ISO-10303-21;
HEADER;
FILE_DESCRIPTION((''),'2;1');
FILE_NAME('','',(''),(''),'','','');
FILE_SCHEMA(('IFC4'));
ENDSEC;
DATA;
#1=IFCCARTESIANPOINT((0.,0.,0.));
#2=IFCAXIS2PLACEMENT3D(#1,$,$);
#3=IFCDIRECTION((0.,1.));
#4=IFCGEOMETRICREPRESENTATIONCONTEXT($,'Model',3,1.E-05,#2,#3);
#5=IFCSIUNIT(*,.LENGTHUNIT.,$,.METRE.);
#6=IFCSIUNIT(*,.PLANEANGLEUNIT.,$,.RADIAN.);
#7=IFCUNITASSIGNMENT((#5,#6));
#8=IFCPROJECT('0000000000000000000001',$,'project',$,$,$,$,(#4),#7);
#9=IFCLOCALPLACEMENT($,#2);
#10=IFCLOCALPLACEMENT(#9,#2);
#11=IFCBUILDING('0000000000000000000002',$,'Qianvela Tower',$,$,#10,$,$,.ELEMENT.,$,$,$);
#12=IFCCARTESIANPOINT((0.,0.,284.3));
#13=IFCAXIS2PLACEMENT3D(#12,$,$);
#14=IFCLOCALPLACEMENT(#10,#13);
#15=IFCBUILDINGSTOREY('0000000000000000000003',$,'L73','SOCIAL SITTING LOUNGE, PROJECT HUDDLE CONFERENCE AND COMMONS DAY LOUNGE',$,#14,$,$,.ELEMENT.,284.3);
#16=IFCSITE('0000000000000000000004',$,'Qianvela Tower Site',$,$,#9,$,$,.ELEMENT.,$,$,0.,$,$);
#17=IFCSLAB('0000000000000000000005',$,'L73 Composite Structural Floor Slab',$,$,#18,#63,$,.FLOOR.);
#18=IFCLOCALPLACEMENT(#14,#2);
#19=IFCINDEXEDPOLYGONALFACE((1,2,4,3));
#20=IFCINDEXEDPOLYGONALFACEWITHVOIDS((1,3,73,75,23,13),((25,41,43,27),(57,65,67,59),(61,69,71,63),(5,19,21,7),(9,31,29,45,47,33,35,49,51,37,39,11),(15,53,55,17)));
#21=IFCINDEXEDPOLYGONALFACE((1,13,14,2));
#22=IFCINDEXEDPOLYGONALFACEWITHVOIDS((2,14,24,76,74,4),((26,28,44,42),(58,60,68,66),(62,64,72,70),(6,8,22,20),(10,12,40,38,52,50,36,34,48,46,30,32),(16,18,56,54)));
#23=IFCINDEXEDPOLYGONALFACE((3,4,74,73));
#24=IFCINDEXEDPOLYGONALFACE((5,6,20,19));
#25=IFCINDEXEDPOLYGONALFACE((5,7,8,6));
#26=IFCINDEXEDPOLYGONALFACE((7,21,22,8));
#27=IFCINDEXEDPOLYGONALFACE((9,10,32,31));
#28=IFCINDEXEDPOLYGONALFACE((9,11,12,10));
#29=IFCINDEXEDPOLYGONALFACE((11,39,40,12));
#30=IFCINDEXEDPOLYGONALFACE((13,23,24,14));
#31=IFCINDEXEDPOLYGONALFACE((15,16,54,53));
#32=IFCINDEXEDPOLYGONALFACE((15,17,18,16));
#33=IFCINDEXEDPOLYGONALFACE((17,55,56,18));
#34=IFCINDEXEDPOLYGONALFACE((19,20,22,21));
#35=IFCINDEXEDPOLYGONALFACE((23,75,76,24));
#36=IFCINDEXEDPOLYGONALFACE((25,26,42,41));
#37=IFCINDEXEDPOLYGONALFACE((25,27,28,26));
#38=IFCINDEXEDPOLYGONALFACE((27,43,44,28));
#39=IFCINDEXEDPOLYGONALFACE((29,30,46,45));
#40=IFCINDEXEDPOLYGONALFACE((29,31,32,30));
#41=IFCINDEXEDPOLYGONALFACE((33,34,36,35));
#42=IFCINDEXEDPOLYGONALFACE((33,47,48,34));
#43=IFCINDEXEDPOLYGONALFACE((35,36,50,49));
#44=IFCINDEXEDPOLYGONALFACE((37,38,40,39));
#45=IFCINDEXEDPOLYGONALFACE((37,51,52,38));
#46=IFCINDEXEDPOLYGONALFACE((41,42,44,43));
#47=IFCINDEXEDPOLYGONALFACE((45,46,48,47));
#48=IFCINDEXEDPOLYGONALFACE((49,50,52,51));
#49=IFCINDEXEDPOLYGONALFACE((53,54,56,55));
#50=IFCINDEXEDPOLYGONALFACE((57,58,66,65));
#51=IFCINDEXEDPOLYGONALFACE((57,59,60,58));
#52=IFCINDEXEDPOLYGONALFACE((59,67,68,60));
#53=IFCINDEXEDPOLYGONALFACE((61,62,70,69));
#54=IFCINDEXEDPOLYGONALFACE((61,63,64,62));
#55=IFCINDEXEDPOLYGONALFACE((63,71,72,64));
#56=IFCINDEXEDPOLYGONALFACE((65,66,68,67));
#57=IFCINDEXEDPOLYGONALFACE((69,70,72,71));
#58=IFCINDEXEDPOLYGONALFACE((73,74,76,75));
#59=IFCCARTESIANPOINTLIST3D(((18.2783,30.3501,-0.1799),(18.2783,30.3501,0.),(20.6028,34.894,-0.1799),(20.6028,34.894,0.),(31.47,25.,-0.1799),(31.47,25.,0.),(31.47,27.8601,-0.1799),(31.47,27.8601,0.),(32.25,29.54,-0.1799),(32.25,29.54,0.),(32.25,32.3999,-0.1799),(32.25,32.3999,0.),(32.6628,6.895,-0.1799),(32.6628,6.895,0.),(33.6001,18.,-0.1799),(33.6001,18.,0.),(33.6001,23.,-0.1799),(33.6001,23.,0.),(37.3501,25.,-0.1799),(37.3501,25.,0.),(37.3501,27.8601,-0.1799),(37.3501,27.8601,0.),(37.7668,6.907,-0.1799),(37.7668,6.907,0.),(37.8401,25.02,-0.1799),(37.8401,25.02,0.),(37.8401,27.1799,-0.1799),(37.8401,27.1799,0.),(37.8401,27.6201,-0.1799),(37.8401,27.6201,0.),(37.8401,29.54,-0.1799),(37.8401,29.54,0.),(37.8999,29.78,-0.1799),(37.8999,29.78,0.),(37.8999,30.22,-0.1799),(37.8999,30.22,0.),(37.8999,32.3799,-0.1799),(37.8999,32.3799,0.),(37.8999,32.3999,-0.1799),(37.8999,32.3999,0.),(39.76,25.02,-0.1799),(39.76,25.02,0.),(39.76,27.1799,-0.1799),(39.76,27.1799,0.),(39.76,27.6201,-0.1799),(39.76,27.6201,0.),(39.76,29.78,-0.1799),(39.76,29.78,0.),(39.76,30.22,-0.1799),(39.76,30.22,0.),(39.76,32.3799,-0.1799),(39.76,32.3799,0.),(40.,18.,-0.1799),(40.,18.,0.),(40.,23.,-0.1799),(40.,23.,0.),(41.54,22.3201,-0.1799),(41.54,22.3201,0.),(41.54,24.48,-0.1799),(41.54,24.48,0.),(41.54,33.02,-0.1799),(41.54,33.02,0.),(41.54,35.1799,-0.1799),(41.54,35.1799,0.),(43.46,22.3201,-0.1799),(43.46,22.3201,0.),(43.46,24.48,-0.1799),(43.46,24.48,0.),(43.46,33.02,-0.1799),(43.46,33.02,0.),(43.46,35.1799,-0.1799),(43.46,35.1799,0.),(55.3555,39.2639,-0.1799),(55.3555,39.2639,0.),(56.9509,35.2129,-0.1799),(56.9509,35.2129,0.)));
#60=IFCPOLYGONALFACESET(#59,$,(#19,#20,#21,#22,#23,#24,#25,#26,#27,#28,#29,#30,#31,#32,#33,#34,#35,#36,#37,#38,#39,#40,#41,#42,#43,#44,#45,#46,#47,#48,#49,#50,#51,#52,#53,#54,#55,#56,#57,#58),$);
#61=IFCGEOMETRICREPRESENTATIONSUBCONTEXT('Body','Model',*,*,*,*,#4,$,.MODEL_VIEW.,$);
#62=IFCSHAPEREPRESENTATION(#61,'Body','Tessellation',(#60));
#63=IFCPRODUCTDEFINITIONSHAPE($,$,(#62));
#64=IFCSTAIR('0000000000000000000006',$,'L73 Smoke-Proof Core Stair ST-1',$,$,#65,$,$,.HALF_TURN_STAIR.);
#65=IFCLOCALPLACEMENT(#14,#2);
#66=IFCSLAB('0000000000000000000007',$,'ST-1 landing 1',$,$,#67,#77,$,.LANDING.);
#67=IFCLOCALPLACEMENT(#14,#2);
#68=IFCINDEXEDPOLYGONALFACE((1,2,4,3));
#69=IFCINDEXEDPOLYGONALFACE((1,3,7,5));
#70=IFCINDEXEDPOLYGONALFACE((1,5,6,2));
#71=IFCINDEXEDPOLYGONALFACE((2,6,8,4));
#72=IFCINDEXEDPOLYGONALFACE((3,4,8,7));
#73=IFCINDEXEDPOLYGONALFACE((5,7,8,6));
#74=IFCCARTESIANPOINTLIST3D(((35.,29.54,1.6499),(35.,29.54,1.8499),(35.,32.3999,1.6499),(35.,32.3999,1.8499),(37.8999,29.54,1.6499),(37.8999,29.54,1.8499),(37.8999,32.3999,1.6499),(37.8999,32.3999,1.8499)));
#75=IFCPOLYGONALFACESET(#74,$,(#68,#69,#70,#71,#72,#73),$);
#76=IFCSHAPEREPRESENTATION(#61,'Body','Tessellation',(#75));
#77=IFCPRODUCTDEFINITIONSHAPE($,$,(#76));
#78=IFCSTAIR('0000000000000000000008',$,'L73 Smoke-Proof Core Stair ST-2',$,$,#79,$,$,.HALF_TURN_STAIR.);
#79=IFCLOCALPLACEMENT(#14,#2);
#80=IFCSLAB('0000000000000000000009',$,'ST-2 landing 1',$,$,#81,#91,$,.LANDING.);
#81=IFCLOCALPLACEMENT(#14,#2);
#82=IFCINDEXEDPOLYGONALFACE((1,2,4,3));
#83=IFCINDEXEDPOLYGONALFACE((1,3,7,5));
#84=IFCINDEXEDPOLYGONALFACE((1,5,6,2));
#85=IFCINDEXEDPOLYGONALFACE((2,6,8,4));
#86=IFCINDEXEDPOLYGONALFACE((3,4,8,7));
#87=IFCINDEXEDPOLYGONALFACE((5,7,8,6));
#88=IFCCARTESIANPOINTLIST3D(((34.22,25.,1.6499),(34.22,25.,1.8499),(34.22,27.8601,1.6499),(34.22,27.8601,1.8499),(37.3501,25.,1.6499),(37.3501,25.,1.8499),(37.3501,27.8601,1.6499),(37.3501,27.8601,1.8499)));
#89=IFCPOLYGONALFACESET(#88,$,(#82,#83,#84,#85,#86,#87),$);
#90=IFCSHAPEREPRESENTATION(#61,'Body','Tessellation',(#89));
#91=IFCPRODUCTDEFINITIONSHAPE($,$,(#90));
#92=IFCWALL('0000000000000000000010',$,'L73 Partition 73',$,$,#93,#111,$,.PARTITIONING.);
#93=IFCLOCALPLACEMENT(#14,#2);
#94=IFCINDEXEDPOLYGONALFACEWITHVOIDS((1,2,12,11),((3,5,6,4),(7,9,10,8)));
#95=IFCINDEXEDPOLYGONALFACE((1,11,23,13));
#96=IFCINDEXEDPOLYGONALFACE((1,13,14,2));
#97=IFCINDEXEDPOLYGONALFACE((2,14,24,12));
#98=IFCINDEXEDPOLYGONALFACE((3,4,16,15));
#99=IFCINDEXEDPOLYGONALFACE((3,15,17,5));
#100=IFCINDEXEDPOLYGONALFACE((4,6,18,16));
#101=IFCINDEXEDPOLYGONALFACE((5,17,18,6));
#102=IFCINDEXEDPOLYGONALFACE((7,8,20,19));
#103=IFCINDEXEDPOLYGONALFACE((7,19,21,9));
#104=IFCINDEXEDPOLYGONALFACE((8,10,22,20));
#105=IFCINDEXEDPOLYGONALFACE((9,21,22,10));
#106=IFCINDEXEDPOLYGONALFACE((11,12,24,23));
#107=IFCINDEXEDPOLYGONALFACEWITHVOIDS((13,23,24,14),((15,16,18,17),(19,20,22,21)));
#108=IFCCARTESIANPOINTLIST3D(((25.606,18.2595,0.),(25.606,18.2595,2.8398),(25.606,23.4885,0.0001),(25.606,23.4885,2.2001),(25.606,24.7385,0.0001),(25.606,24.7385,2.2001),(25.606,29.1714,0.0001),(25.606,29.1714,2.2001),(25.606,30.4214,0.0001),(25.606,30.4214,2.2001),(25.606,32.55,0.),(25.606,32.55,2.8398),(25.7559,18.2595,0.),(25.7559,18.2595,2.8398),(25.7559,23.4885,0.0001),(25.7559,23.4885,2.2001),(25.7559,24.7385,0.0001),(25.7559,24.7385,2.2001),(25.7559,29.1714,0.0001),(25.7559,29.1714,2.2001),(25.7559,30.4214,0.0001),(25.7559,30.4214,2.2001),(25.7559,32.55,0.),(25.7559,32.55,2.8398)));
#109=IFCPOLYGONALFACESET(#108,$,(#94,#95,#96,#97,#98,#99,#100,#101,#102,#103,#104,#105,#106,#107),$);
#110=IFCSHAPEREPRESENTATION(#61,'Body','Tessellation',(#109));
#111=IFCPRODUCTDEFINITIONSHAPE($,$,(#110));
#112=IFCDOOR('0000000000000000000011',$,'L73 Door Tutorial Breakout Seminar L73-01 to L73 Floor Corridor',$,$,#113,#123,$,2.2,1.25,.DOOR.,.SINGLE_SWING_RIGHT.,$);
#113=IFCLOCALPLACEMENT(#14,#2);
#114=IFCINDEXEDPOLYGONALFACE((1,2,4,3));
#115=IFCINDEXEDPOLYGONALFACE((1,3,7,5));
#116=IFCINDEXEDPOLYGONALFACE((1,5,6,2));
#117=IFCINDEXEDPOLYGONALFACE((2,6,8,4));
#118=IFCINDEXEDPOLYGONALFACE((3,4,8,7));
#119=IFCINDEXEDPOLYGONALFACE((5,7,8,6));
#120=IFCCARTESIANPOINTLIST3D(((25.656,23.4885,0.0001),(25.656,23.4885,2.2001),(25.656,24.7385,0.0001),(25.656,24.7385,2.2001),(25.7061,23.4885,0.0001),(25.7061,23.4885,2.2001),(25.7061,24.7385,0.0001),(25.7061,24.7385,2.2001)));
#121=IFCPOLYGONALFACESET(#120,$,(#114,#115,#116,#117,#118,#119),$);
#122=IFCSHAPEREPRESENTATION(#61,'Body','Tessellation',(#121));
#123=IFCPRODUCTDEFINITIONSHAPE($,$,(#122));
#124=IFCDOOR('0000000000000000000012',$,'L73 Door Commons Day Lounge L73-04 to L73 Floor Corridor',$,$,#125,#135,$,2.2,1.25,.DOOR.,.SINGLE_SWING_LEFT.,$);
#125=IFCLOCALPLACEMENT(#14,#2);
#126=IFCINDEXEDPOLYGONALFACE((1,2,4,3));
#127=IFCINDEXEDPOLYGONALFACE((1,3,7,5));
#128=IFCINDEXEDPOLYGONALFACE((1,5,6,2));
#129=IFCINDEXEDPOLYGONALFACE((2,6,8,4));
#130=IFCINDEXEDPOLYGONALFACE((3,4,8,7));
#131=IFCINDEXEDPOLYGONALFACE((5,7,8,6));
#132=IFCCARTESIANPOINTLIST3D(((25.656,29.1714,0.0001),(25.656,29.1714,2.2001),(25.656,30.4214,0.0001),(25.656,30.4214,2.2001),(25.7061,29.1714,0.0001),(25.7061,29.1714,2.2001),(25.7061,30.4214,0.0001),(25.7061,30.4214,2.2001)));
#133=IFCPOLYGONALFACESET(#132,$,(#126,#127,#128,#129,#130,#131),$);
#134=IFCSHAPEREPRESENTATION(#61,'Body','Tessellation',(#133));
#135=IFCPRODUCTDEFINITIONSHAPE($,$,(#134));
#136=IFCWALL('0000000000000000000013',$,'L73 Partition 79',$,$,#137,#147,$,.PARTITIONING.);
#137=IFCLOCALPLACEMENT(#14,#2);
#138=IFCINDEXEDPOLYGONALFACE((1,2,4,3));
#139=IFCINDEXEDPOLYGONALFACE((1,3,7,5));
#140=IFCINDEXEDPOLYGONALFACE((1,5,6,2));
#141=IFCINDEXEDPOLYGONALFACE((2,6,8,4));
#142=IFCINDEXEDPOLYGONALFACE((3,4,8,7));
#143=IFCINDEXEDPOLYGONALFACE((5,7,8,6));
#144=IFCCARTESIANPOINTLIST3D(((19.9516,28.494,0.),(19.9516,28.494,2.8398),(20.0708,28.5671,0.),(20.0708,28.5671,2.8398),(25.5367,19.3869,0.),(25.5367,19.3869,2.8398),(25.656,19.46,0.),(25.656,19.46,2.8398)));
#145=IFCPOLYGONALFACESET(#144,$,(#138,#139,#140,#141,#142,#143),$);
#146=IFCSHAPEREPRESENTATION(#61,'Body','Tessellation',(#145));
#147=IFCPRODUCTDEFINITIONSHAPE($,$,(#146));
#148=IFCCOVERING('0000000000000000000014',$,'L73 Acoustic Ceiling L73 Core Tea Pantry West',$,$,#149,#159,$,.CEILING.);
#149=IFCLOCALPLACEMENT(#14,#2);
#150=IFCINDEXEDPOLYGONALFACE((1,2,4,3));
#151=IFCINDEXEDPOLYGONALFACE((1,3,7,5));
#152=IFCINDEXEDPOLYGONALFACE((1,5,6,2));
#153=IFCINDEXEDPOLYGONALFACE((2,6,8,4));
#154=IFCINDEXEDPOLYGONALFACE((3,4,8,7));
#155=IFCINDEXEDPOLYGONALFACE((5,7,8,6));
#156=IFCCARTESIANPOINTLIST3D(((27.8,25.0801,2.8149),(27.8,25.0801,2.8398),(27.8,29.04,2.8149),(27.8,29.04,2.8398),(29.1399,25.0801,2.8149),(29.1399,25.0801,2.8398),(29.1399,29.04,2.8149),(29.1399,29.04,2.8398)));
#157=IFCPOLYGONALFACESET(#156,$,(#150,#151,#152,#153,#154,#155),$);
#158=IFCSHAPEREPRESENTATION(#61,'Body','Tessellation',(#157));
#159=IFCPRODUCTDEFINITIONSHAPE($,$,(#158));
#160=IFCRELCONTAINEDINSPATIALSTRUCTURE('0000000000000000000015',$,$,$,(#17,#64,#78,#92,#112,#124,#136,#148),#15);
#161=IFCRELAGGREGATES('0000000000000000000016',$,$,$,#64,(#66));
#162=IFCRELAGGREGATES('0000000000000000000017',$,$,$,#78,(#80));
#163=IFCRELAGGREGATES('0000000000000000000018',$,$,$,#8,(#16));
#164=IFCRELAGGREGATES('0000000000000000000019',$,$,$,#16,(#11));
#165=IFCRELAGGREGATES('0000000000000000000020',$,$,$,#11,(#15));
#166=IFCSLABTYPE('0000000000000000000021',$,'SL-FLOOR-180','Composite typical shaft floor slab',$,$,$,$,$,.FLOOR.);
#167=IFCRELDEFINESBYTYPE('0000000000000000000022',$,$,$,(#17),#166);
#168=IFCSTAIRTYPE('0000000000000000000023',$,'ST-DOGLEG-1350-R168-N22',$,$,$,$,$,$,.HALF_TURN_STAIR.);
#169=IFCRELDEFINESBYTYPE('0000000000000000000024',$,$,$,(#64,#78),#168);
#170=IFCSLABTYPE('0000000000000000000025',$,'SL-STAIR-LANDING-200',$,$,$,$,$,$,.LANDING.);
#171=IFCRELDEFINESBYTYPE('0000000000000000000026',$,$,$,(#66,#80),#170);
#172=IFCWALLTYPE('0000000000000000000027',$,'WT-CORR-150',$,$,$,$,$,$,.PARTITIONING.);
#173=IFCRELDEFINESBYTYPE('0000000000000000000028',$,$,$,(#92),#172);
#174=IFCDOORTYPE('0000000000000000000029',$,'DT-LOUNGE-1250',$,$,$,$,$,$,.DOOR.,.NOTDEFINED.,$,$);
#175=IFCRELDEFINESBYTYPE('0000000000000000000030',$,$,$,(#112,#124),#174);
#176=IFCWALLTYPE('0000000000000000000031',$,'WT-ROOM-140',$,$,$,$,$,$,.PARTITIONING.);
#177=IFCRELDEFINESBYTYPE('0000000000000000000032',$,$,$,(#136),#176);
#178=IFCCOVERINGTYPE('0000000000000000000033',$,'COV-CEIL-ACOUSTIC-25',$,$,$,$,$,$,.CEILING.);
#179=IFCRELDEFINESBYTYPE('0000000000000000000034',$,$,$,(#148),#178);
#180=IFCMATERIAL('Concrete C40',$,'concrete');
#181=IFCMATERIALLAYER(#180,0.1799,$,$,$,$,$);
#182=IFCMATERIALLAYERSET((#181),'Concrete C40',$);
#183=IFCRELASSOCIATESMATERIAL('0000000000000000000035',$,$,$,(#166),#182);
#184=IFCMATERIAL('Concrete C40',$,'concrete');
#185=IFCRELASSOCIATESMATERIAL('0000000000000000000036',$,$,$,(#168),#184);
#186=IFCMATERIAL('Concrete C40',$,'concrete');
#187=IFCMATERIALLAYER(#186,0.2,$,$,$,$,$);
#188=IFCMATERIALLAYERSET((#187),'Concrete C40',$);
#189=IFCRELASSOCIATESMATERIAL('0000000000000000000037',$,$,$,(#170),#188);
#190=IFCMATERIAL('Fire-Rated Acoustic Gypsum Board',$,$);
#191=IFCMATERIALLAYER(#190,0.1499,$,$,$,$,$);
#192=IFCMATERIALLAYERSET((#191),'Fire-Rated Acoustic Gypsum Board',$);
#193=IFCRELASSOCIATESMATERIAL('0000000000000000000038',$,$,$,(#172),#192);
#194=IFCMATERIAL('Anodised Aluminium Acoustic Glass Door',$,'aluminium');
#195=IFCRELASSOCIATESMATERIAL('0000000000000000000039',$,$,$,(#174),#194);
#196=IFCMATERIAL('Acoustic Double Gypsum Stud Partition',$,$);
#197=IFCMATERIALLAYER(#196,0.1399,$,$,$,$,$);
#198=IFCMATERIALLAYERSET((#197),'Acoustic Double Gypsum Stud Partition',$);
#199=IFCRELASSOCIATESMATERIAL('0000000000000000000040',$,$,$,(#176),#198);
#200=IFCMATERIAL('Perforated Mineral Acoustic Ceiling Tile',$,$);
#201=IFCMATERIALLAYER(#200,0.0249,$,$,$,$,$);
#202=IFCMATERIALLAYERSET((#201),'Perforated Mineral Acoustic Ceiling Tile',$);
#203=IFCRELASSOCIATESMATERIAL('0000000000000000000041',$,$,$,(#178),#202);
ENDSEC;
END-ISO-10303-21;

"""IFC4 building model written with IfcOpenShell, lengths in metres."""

from ifc_helpers import new_model, si_unit, direction, frame, frame_2d, origin, place, context, subcontext, project, spatial, polyline, rectangle, outline, extrude, material, layer, layer_set, type_object, element, fill, aggregate, save


model = new_model("IFC4")

# Units and contexts
model_context = context("Model", 3, precision=1e-05, world=origin(), true_north=direction((0.0, 1.0)))
body_context = subcontext(model_context, "Body", "Model", "MODEL_VIEW")
ifc_project = project(units=[si_unit("LENGTHUNIT", "METRE"), si_unit("PLANEANGLEUNIT", "RADIAN")], contexts=[model_context])

# Site, building, storey
site_placement = place(None, origin())
site = spatial("IfcSite", under=ifc_project, at=site_placement, Name="Qianvela Tower Site", CompositionType="ELEMENT", RefElevation=0.0)
building_placement = place(site_placement, origin())
building = spatial("IfcBuilding", under=site, at=building_placement, Name="Qianvela Tower", CompositionType="ELEMENT")
storey_placement = place(building_placement, frame((0.0, 0.0, 284.3)))
storey = spatial("IfcBuildingStorey", under=building, at=storey_placement, Name="L73", Description="SOCIAL SITTING LOUNGE, PROJECT HUDDLE CONFERENCE AND COMMONS DAY LOUNGE", CompositionType="ELEMENT", Elevation=284.3)

# Slab
ifc_material_1 = material(Name="Concrete C40", Category="concrete")
ifc_layer_1 = layer(ifc_material_1, 0.1799)
ifc_layer_set_1 = layer_set([ifc_layer_1], Name="Concrete C40")
slab_type_1 = type_object("IfcSlabType", Name="SL-FLOOR-180", Description="Composite typical shaft floor slab", PredefinedType="FLOOR", material=ifc_layer_set_1)
slab_1_placement = place(storey_placement, frame((0.0, 0.0, -0.1799)))
element("IfcSlab", 1, at=slab_1_placement, inside=storey, type_object=slab_type_1, Name="L73 Composite Structural Floor Slab", PredefinedType="FLOOR", context=body_context, shape_type="SweptSolid", body=[
    extrude(outline(polyline([(56.9509, 35.2129), (55.3555, 39.2639), (20.6028, 34.894), (18.2783, 30.3501), (32.6628, 6.895), (37.7668, 6.907), (56.9509, 35.2129)]), holes=[polyline([(40.0, 23.0), (33.6001, 23.0), (33.6001, 18.0), (40.0, 18.0), (40.0, 23.0)]), polyline([(43.46, 24.48), (41.54, 24.48), (41.54, 22.3201), (43.46, 22.3201), (43.46, 24.48)]), polyline([(39.76, 27.1799), (37.8401, 27.1799), (37.8401, 25.02), (39.76, 25.02), (39.76, 27.1799)]), polyline([(37.3501, 27.8601), (31.47, 27.8601), (31.47, 25.0), (37.3501, 25.0), (37.3501, 27.8601)]), polyline([(39.76, 27.6201), (39.76, 29.78), (37.8999, 29.78), (37.8999, 30.22), (39.76, 30.22), (39.76, 32.3799), (37.8999, 32.3799), (37.8999, 32.3999), (32.25, 32.3999), (32.25, 29.54), (37.8401, 29.54), (37.8401, 27.6201), (39.76, 27.6201)]), polyline([(43.46, 35.1799), (41.54, 35.1799), (41.54, 33.02), (43.46, 33.02), (43.46, 35.1799)])]), origin(), (0.0, 0.0, 1.0), 0.1799),
])

# Stairs, slabs
ifc_material_2 = material(Name="Concrete C40", Category="concrete")
stair_type = type_object("IfcStairType", Name="ST-DOGLEG-1350-R168-N22", PredefinedType="HALF_TURN_STAIR", material=ifc_material_2)
stair_1_placement = place(storey_placement, origin())
stair_1 = element("IfcStair", 2, at=stair_1_placement, inside=storey, type_object=stair_type, Name="L73 Smoke-Proof Core Stair ST-1", PredefinedType="HALF_TURN_STAIR")
ifc_material_3 = material(Name="Concrete C40", Category="concrete")
ifc_layer_2 = layer(ifc_material_3, 0.2)
ifc_layer_set_2 = layer_set([ifc_layer_2], Name="Concrete C40")
slab_type_2 = type_object("IfcSlabType", Name="SL-STAIR-LANDING-200", PredefinedType="LANDING", material=ifc_layer_set_2)
slab_2_placement = place(storey_placement, frame((0.0, 0.0, 1.6499)))
slab_2 = element("IfcSlab", 3, at=slab_2_placement, type_object=slab_type_2, Name="ST-1 landing 1", PredefinedType="LANDING", context=body_context, shape_type="SweptSolid", body=[
    extrude(outline(polyline([(35.0, 29.54), (37.8999, 29.54), (37.8999, 32.3999), (35.0, 32.3999), (35.0, 29.54)])), origin(), (0.0, 0.0, 1.0), 0.2),
])
aggregate(stair_1, [slab_2])
stair_2_placement = place(storey_placement, origin())
stair_2 = element("IfcStair", 4, at=stair_2_placement, inside=storey, type_object=stair_type, Name="L73 Smoke-Proof Core Stair ST-2", PredefinedType="HALF_TURN_STAIR")
slab_3_placement = place(storey_placement, frame((0.0, 0.0, 1.6499)))
slab_3 = element("IfcSlab", 5, at=slab_3_placement, type_object=slab_type_2, Name="ST-2 landing 1", PredefinedType="LANDING", context=body_context, shape_type="SweptSolid", body=[
    extrude(outline(polyline([(34.22, 25.0), (37.3501, 25.0), (37.3501, 27.8601), (34.22, 27.8601), (34.22, 25.0)])), origin(), (0.0, 0.0, 1.0), 0.2),
])
aggregate(stair_2, [slab_3])

# Wall, openings, doors
ifc_material_4 = material(Name="Fire-Rated Acoustic Gypsum Board")
ifc_layer_3 = layer(ifc_material_4, 0.1499)
ifc_layer_set_3 = layer_set([ifc_layer_3], Name="Fire-Rated Acoustic Gypsum Board")
wall_type_1 = type_object("IfcWallType", Name="WT-CORR-150", PredefinedType="PARTITIONING", material=ifc_layer_set_3)
wall_1_placement = place(storey_placement, frame((25.6809, 18.2595, 0.0), z_axis=(0.0, 0.0, 1.0), x_axis=(0.0, 1.0, 0.0)))
wall_1 = element("IfcWall", 6, at=wall_1_placement, inside=storey, type_object=wall_type_1, Name="L73 Partition 73", PredefinedType="PARTITIONING", context=body_context, shape_type="SweptSolid", body=[
    extrude(rectangle(XDim=14.2905, YDim=0.1499, at=frame_2d((7.1453, 0.0))), origin(), (0.0, 0.0, 1.0), 2.8398),
])
opening_1_placement = place(wall_1_placement, frame((5.229, 0.0, 0.0)))
opening_1 = element("IfcOpeningElement", 7, at=opening_1_placement, cuts=wall_1, PredefinedType="OPENING", context=body_context, shape_type="SweptSolid", body=[
    extrude(rectangle(XDim=1.25, YDim=2.2, at=frame_2d((0.625, 1.1001))), frame((0.0, 0.085, 0.0), z_axis=(0.0, -1.0, 0.0), x_axis=(1.0, 0.0, 0.0)), (0.0, 0.0, 1.0), 0.1699),
])
opening_2_placement = place(wall_1_placement, frame((10.9119, 0.0, 0.0)))
opening_2 = element("IfcOpeningElement", 8, at=opening_2_placement, cuts=wall_1, PredefinedType="OPENING", context=body_context, shape_type="SweptSolid", body=[
    extrude(rectangle(XDim=1.25, YDim=2.2, at=frame_2d((0.625, 1.1001))), frame((0.0, 0.085, 0.0), z_axis=(0.0, -1.0, 0.0), x_axis=(1.0, 0.0, 0.0)), (0.0, 0.0, 1.0), 0.1699),
])
ifc_material_5 = material(Name="Anodised Aluminium Acoustic Glass Door", Category="aluminium")
door_type = type_object("IfcDoorType", Name="DT-LOUNGE-1250", OperationType="NOTDEFINED", PredefinedType="DOOR", material=ifc_material_5)
door_1_placement = place(opening_1_placement, origin())
door_1 = element("IfcDoor", 9, at=door_1_placement, inside=storey, type_object=door_type, Name="L73 Door Tutorial Breakout Seminar L73-01 to L73 Floor Corridor", OperationType="SINGLE_SWING_RIGHT", OverallHeight=2.2, OverallWidth=1.25, PredefinedType="DOOR", context=body_context, shape_type="SweptSolid", body=[
    extrude(rectangle(XDim=1.25, YDim=2.2, at=frame_2d((0.625, 1.1001))), frame((0.0, 0.0249, 0.0), z_axis=(0.0, -1.0, 0.0), x_axis=(1.0, 0.0, 0.0)), (0.0, 0.0, 1.0), 0.05),
])
fill(opening_1, door_1)
door_2_placement = place(opening_2_placement, origin())
door_2 = element("IfcDoor", 10, at=door_2_placement, inside=storey, type_object=door_type, Name="L73 Door Commons Day Lounge L73-04 to L73 Floor Corridor", OperationType="SINGLE_SWING_LEFT", OverallHeight=2.2, OverallWidth=1.25, PredefinedType="DOOR", context=body_context, shape_type="SweptSolid", body=[
    extrude(rectangle(XDim=1.25, YDim=2.2, at=frame_2d((0.625, 1.1001))), frame((0.0, 0.0249, 0.0), z_axis=(0.0, -1.0, 0.0), x_axis=(1.0, 0.0, 0.0)), (0.0, 0.0, 1.0), 0.05),
])
fill(opening_2, door_2)

# Wall
ifc_material_6 = material(Name="Acoustic Double Gypsum Stud Partition")
ifc_layer_4 = layer(ifc_material_6, 0.1399)
ifc_layer_set_4 = layer_set([ifc_layer_4], Name="Acoustic Double Gypsum Stud Partition")
wall_type_2 = type_object("IfcWallType", Name="WT-ROOM-140", PredefinedType="PARTITIONING", material=ifc_layer_set_4)
wall_2_placement = place(storey_placement, frame((25.5964, 19.4233, 0.0), z_axis=(0.0, 0.0, 1.0), x_axis=(-0.522792, 0.85246, 0.0)))
element("IfcWall", 11, at=wall_2_placement, inside=storey, type_object=wall_type_2, Name="L73 Partition 79", PredefinedType="PARTITIONING", context=body_context, shape_type="SweptSolid", body=[
    extrude(rectangle(XDim=10.6833, YDim=0.1399, at=frame_2d((5.3418, 0.0))), origin(), (0.0, 0.0, 1.0), 2.8398),
])

# Covering
ifc_material_7 = material(Name="Perforated Mineral Acoustic Ceiling Tile")
ifc_layer_5 = layer(ifc_material_7, 0.0249)
ifc_layer_set_5 = layer_set([ifc_layer_5], Name="Perforated Mineral Acoustic Ceiling Tile")
covering_type_1 = type_object("IfcCoveringType", Name="COV-CEIL-ACOUSTIC-25", PredefinedType="CEILING", material=ifc_layer_set_5)
covering_1_placement = place(storey_placement, frame((0.0, 0.0, 2.8149)))
element("IfcCovering", 12, at=covering_1_placement, inside=storey, type_object=covering_type_1, Name="L73 Acoustic Ceiling L73 Core Tea Pantry West", PredefinedType="CEILING", context=body_context, shape_type="SweptSolid", body=[
    extrude(outline(polyline([(27.8, 25.0801), (27.8, 29.04), (29.1399, 29.04), (29.1399, 25.0801), (27.8, 25.0801)])), origin(), (0.0, 0.0, 1.0), 0.0249),
])

save(model, "model.ifc")
